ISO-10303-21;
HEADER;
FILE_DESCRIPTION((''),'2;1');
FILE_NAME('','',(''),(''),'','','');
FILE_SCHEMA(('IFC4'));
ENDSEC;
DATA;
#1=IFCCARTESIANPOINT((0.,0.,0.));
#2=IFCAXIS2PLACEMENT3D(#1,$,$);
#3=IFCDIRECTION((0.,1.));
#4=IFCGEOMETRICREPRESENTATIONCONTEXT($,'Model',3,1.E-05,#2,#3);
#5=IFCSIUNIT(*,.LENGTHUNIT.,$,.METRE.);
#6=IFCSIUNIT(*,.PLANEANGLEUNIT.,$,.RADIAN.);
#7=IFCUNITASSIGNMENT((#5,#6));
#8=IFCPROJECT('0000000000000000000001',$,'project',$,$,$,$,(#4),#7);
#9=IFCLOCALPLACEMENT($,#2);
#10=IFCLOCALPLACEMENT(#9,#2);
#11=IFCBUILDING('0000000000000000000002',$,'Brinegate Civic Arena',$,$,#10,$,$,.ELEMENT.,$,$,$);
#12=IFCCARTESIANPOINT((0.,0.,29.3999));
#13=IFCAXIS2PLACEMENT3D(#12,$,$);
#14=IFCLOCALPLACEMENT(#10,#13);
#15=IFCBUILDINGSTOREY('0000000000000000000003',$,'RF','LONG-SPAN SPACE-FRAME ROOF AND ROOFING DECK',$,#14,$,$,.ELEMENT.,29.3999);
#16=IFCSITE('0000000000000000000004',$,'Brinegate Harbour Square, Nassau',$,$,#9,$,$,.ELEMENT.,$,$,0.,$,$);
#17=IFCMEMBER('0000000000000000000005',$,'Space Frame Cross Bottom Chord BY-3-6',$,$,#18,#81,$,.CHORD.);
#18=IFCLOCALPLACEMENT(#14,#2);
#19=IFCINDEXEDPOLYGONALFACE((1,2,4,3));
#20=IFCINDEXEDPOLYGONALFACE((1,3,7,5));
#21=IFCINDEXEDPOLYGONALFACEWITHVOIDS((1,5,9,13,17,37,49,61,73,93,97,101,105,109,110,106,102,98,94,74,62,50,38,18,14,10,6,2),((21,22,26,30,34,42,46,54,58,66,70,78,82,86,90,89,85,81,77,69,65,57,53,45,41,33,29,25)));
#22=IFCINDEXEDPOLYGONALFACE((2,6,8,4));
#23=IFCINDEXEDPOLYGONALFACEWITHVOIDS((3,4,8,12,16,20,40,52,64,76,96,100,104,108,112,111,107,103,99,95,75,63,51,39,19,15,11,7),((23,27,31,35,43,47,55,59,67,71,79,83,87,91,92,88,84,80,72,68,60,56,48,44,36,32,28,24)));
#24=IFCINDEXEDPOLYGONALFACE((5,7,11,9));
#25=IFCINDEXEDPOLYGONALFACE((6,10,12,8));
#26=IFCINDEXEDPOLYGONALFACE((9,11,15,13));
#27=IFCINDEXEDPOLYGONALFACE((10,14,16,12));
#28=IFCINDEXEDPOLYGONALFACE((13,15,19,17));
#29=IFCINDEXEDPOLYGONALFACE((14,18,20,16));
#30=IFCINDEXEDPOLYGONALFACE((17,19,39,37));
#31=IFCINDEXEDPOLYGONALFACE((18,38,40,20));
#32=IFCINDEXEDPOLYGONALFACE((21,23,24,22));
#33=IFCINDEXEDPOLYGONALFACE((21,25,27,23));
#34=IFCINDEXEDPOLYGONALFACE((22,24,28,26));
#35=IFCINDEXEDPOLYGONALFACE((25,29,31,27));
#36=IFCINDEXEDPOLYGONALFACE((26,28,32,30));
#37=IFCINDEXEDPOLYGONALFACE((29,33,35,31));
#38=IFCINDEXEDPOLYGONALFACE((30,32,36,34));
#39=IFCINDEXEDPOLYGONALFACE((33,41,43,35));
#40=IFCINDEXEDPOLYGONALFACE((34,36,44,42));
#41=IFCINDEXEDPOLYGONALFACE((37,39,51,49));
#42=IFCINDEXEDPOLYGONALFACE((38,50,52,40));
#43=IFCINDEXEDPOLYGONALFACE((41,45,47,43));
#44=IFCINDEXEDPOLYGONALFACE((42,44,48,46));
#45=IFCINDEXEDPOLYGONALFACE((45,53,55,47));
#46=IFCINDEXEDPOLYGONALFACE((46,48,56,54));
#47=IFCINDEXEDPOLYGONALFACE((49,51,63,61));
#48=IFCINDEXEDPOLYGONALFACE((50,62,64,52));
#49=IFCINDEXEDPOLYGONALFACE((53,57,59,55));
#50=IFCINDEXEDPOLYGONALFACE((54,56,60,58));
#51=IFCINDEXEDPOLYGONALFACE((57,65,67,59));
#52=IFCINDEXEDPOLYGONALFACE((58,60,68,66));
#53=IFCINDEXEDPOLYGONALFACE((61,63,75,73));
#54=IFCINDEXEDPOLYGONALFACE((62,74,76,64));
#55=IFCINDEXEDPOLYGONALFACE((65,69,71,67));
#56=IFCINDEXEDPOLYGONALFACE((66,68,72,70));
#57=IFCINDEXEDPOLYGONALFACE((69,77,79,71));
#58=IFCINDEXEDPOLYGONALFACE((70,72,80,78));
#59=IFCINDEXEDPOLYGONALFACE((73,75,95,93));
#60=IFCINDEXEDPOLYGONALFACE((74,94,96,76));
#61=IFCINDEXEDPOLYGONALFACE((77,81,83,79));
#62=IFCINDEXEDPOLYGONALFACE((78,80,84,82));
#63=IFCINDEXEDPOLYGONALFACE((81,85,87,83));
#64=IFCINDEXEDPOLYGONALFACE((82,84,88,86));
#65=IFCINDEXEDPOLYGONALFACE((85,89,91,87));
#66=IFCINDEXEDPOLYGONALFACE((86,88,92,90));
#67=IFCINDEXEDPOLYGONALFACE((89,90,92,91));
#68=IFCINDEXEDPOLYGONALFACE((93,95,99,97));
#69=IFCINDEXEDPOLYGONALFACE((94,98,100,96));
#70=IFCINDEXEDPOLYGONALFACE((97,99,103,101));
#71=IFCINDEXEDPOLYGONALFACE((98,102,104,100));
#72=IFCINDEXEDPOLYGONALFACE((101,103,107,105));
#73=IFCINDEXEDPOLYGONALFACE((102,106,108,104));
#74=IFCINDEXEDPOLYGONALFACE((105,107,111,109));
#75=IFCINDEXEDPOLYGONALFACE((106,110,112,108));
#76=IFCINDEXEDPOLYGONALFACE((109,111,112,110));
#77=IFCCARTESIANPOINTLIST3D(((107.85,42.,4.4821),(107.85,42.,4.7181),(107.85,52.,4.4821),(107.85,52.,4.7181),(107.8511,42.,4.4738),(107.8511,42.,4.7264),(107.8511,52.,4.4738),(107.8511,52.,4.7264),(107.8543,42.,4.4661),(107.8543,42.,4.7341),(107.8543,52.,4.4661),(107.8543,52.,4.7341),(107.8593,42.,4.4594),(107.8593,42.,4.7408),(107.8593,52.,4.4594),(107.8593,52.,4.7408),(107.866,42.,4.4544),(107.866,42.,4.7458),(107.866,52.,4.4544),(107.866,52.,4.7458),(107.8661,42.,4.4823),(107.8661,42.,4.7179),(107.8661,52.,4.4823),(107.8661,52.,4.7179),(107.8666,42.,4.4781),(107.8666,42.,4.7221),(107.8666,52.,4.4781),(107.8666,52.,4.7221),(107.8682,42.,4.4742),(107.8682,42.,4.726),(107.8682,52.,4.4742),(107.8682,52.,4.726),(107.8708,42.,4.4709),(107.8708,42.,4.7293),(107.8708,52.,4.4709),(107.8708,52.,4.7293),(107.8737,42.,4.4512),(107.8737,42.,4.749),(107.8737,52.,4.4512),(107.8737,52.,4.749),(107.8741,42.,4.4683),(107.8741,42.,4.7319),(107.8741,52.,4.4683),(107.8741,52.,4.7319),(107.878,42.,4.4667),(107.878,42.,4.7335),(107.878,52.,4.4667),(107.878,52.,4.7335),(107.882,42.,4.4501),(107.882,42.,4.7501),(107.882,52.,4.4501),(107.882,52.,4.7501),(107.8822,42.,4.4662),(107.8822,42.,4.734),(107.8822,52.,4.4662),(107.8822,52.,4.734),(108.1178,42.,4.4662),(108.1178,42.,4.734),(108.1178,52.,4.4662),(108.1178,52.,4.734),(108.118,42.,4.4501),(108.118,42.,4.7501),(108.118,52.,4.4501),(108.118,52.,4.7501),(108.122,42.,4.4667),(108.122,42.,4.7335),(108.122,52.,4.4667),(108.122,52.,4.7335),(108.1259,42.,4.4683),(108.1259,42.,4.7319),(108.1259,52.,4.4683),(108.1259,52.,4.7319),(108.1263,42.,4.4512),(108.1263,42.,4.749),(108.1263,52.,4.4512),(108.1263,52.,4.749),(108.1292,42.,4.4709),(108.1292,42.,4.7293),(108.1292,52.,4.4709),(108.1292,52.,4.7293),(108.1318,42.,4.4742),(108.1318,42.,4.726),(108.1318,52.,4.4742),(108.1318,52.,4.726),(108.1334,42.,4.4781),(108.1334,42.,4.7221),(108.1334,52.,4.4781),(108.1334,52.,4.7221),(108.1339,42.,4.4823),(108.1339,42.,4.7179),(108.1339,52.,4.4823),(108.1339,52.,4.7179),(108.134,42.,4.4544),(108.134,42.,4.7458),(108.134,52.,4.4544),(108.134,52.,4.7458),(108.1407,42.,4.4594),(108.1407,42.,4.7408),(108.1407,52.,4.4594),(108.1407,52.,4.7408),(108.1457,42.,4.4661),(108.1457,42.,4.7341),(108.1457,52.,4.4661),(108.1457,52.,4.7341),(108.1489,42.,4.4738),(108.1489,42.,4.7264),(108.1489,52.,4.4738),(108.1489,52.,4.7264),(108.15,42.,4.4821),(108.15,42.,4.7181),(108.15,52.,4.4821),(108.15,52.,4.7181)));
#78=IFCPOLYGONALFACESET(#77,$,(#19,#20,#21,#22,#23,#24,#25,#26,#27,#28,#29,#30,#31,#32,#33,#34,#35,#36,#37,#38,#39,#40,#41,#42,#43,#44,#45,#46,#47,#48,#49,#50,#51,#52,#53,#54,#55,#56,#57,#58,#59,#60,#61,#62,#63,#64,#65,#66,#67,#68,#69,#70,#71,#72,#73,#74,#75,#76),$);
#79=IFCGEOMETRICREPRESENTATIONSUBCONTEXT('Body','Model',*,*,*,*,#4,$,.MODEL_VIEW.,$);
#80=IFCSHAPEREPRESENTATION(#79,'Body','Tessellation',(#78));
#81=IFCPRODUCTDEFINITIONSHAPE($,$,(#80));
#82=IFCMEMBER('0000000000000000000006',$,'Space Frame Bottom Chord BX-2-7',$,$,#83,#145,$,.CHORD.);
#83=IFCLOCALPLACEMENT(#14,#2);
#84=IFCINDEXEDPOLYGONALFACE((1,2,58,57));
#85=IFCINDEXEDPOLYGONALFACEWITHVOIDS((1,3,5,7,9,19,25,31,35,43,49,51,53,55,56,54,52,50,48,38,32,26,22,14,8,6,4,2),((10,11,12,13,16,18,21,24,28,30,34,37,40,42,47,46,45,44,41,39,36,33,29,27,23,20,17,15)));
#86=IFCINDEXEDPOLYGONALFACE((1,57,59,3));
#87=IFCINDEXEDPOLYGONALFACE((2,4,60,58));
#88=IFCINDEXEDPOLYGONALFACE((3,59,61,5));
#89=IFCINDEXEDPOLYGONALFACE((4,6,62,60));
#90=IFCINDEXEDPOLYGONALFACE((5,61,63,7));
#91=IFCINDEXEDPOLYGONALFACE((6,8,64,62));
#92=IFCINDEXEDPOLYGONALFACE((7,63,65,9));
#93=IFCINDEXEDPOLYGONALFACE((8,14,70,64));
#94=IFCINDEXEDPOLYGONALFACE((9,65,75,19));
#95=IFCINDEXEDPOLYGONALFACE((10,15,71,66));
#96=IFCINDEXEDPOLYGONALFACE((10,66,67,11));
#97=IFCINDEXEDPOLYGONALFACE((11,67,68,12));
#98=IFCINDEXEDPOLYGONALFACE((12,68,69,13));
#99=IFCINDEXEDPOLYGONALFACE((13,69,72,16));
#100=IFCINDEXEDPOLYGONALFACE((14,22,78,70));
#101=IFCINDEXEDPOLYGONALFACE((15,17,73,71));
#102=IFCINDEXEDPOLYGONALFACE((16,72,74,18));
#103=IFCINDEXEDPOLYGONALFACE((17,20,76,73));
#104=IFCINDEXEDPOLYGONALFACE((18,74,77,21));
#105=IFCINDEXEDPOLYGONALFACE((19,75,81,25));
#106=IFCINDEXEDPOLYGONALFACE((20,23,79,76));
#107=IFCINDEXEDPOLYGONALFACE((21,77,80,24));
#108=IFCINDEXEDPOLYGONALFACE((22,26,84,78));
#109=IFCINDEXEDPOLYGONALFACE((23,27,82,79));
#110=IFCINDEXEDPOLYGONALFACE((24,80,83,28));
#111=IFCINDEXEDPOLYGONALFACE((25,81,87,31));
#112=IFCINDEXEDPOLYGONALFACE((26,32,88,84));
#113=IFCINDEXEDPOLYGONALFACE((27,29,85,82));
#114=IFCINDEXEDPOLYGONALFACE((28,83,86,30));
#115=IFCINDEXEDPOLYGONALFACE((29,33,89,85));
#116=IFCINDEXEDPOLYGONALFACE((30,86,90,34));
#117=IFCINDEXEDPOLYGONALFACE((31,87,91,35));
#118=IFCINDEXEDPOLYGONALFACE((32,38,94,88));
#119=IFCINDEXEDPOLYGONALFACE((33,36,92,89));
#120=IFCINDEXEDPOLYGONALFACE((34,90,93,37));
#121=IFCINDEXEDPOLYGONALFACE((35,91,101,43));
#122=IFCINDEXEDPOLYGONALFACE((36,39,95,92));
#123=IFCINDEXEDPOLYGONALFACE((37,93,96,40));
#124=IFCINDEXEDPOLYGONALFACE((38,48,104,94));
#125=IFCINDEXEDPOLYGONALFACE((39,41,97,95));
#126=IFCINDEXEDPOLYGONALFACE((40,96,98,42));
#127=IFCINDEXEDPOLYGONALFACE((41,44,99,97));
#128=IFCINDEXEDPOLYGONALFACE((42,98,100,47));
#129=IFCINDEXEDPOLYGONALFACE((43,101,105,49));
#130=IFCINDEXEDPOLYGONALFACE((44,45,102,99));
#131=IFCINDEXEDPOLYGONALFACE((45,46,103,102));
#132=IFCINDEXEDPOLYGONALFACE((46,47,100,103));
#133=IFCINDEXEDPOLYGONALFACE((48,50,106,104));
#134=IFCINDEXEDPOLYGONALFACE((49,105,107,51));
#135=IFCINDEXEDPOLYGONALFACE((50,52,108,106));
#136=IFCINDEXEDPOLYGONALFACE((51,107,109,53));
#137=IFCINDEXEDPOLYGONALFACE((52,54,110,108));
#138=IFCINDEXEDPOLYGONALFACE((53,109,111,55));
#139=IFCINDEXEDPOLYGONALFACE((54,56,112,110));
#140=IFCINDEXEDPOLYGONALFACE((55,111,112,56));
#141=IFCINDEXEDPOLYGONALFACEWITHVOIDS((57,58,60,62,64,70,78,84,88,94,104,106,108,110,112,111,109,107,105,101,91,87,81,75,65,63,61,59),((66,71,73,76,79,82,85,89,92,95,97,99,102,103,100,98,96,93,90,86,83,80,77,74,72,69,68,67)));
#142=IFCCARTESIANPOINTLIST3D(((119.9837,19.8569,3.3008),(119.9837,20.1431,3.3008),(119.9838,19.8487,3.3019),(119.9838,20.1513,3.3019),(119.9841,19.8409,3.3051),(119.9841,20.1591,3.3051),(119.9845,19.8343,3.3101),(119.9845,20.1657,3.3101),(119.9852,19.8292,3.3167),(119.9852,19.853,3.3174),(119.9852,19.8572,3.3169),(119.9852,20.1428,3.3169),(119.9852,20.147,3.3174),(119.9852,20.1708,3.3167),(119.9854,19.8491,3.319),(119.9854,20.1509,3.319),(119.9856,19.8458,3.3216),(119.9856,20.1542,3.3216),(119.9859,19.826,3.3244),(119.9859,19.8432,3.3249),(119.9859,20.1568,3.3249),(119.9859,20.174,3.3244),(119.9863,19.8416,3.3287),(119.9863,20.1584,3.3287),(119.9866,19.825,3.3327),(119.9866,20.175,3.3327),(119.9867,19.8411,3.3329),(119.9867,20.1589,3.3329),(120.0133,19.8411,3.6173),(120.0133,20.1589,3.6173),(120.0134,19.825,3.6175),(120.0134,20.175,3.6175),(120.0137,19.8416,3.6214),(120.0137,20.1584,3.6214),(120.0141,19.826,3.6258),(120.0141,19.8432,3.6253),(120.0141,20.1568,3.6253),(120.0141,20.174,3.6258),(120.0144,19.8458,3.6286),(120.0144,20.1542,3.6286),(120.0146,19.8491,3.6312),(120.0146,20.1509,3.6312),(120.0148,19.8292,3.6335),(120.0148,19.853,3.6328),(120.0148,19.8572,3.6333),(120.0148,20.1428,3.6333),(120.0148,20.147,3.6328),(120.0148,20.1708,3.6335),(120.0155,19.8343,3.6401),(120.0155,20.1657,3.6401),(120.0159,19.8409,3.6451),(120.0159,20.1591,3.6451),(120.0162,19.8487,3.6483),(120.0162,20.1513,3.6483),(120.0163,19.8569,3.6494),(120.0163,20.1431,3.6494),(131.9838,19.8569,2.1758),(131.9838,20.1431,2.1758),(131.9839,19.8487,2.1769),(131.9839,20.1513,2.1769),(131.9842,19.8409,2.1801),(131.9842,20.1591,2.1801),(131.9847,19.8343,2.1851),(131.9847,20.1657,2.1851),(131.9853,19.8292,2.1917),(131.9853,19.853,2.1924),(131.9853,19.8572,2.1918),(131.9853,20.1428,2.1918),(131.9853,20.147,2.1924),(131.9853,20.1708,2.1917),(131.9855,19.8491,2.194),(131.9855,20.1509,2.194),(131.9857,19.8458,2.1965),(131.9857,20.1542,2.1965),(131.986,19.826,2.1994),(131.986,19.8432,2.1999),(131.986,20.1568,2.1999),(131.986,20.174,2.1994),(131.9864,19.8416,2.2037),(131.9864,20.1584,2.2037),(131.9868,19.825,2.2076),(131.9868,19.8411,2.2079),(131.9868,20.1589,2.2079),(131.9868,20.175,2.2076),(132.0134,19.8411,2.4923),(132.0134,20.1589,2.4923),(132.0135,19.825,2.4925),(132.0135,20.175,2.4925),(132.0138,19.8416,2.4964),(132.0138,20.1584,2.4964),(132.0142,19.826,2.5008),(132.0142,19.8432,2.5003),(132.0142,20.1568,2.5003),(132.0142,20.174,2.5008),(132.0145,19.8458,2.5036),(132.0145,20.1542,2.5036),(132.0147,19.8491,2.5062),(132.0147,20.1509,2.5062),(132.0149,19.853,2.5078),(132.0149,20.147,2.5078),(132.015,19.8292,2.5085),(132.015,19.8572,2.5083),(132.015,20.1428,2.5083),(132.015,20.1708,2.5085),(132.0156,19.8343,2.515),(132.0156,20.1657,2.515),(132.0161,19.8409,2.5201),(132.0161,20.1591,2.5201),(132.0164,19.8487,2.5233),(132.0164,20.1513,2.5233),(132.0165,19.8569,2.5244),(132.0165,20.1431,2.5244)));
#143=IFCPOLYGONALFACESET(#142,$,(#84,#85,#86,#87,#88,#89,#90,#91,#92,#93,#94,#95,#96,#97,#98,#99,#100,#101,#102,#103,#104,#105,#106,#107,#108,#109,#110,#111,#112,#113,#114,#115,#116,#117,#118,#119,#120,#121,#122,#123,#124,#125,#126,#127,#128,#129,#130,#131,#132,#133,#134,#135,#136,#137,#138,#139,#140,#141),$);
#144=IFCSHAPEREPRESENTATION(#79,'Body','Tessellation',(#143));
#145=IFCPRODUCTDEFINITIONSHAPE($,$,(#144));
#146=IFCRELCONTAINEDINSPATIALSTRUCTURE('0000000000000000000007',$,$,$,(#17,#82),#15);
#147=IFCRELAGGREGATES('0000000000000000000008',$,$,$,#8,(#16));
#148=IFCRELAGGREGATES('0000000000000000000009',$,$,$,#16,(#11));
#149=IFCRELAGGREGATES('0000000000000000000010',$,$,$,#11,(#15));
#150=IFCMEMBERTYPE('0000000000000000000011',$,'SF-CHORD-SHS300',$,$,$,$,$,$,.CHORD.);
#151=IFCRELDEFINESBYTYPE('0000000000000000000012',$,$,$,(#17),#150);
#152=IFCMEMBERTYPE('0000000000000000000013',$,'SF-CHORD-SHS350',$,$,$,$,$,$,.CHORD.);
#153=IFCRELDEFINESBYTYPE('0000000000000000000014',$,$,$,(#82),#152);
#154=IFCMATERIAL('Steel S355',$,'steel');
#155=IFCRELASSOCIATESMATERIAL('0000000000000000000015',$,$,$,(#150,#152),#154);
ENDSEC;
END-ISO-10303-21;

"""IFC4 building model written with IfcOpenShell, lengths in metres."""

from ifc_helpers import new_model, si_unit, direction, frame, origin, origin_2d, place, context, subcontext, project, spatial, hollow_rectangle, extrude, material, material_profile, profile_set, type_object, element, save


model = new_model("IFC4")

# Units and contexts
model_context = context("Model", 3, precision=1e-05, world=origin(), true_north=direction((0.0, 1.0)))
body_context = subcontext(model_context, "Body", "Model", "MODEL_VIEW")
ifc_project = project(units=[si_unit("LENGTHUNIT", "METRE"), si_unit("PLANEANGLEUNIT", "RADIAN")], contexts=[model_context])

# Site, building, storey
site_placement = place(None, origin())
site = spatial("IfcSite", under=ifc_project, at=site_placement, Name="Brinegate Harbour Square, Nassau", CompositionType="ELEMENT", RefElevation=0.0)
building_placement = place(site_placement, origin())
building = spatial("IfcBuilding", under=site, at=building_placement, Name="Brinegate Civic Arena", CompositionType="ELEMENT")
storey_placement = place(building_placement, frame((0.0, 0.0, 29.3999)))
storey = spatial("IfcBuildingStorey", under=building, at=storey_placement, Name="RF", Description="LONG-SPAN SPACE-FRAME ROOF AND ROOFING DECK", CompositionType="ELEMENT", Elevation=29.3999)

# Members
ifc_material = material(Name="Steel S355", Category="steel")
ifc_material_profile_1 = material_profile(ifc_material, hollow_rectangle(XDim=0.3, YDim=0.3, WallThickness=0.0161, InnerFilletRadius=0.0161, OuterFilletRadius=0.032, at=origin_2d()), Name="SHS300X16")
ifc_profile_set_1 = profile_set([ifc_material_profile_1], Name="Steel S355")
member_type_1 = type_object("IfcMemberType", Name="SF-CHORD-SHS300", PredefinedType="CHORD", material=ifc_profile_set_1)
member_1_placement = place(storey_placement, frame((108.0, 42.0, 4.6001), z_axis=(0.0, 1.0, 0.0), x_axis=(-1.0, 0.0, 0.0)))
element("IfcMember", 1, at=member_1_placement, inside=storey, type_object=member_type_1, Name="Space Frame Cross Bottom Chord BY-3-6", PredefinedType="CHORD", context=body_context, shape_type="SweptSolid", body=[
    extrude(hollow_rectangle(XDim=0.3, YDim=0.3, WallThickness=0.0161, InnerFilletRadius=0.0161, OuterFilletRadius=0.032, at=origin_2d()), origin(), (0.0, 0.0, 1.0), 10.0),
])
ifc_material_profile_2 = material_profile(ifc_material, hollow_rectangle(XDim=0.3501, YDim=0.3501, WallThickness=0.0161, InnerFilletRadius=0.0161, OuterFilletRadius=0.032, at=origin_2d()), Name="SHS350X16")
ifc_profile_set_2 = profile_set([ifc_material_profile_2], Name="Steel S355")
member_type_2 = type_object("IfcMemberType", Name="SF-CHORD-SHS350", PredefinedType="CHORD", material=ifc_profile_set_2)
for number, where, z_axis, x_axis, name in (
    (2, (120.0, 20.0, 3.4751), (0.995634, 0.0, -0.093341), (0.0, 1.0, 0.0), "Space Frame Bottom Chord BX-2-7"),
):
    element("IfcMember", number, at=place(storey_placement, frame(where, z_axis=z_axis, x_axis=x_axis)), inside=storey, type_object=member_type_2, Name=name, PredefinedType="CHORD", context=body_context, shape_type="SweptSolid", body=[
        extrude(hollow_rectangle(XDim=0.3501, YDim=0.3501, WallThickness=0.0161, InnerFilletRadius=0.0161, OuterFilletRadius=0.032, at=origin_2d()), origin(), (0.0, 0.0, 1.0), 12.0527),
    ])

save(model, "model.ifc")
